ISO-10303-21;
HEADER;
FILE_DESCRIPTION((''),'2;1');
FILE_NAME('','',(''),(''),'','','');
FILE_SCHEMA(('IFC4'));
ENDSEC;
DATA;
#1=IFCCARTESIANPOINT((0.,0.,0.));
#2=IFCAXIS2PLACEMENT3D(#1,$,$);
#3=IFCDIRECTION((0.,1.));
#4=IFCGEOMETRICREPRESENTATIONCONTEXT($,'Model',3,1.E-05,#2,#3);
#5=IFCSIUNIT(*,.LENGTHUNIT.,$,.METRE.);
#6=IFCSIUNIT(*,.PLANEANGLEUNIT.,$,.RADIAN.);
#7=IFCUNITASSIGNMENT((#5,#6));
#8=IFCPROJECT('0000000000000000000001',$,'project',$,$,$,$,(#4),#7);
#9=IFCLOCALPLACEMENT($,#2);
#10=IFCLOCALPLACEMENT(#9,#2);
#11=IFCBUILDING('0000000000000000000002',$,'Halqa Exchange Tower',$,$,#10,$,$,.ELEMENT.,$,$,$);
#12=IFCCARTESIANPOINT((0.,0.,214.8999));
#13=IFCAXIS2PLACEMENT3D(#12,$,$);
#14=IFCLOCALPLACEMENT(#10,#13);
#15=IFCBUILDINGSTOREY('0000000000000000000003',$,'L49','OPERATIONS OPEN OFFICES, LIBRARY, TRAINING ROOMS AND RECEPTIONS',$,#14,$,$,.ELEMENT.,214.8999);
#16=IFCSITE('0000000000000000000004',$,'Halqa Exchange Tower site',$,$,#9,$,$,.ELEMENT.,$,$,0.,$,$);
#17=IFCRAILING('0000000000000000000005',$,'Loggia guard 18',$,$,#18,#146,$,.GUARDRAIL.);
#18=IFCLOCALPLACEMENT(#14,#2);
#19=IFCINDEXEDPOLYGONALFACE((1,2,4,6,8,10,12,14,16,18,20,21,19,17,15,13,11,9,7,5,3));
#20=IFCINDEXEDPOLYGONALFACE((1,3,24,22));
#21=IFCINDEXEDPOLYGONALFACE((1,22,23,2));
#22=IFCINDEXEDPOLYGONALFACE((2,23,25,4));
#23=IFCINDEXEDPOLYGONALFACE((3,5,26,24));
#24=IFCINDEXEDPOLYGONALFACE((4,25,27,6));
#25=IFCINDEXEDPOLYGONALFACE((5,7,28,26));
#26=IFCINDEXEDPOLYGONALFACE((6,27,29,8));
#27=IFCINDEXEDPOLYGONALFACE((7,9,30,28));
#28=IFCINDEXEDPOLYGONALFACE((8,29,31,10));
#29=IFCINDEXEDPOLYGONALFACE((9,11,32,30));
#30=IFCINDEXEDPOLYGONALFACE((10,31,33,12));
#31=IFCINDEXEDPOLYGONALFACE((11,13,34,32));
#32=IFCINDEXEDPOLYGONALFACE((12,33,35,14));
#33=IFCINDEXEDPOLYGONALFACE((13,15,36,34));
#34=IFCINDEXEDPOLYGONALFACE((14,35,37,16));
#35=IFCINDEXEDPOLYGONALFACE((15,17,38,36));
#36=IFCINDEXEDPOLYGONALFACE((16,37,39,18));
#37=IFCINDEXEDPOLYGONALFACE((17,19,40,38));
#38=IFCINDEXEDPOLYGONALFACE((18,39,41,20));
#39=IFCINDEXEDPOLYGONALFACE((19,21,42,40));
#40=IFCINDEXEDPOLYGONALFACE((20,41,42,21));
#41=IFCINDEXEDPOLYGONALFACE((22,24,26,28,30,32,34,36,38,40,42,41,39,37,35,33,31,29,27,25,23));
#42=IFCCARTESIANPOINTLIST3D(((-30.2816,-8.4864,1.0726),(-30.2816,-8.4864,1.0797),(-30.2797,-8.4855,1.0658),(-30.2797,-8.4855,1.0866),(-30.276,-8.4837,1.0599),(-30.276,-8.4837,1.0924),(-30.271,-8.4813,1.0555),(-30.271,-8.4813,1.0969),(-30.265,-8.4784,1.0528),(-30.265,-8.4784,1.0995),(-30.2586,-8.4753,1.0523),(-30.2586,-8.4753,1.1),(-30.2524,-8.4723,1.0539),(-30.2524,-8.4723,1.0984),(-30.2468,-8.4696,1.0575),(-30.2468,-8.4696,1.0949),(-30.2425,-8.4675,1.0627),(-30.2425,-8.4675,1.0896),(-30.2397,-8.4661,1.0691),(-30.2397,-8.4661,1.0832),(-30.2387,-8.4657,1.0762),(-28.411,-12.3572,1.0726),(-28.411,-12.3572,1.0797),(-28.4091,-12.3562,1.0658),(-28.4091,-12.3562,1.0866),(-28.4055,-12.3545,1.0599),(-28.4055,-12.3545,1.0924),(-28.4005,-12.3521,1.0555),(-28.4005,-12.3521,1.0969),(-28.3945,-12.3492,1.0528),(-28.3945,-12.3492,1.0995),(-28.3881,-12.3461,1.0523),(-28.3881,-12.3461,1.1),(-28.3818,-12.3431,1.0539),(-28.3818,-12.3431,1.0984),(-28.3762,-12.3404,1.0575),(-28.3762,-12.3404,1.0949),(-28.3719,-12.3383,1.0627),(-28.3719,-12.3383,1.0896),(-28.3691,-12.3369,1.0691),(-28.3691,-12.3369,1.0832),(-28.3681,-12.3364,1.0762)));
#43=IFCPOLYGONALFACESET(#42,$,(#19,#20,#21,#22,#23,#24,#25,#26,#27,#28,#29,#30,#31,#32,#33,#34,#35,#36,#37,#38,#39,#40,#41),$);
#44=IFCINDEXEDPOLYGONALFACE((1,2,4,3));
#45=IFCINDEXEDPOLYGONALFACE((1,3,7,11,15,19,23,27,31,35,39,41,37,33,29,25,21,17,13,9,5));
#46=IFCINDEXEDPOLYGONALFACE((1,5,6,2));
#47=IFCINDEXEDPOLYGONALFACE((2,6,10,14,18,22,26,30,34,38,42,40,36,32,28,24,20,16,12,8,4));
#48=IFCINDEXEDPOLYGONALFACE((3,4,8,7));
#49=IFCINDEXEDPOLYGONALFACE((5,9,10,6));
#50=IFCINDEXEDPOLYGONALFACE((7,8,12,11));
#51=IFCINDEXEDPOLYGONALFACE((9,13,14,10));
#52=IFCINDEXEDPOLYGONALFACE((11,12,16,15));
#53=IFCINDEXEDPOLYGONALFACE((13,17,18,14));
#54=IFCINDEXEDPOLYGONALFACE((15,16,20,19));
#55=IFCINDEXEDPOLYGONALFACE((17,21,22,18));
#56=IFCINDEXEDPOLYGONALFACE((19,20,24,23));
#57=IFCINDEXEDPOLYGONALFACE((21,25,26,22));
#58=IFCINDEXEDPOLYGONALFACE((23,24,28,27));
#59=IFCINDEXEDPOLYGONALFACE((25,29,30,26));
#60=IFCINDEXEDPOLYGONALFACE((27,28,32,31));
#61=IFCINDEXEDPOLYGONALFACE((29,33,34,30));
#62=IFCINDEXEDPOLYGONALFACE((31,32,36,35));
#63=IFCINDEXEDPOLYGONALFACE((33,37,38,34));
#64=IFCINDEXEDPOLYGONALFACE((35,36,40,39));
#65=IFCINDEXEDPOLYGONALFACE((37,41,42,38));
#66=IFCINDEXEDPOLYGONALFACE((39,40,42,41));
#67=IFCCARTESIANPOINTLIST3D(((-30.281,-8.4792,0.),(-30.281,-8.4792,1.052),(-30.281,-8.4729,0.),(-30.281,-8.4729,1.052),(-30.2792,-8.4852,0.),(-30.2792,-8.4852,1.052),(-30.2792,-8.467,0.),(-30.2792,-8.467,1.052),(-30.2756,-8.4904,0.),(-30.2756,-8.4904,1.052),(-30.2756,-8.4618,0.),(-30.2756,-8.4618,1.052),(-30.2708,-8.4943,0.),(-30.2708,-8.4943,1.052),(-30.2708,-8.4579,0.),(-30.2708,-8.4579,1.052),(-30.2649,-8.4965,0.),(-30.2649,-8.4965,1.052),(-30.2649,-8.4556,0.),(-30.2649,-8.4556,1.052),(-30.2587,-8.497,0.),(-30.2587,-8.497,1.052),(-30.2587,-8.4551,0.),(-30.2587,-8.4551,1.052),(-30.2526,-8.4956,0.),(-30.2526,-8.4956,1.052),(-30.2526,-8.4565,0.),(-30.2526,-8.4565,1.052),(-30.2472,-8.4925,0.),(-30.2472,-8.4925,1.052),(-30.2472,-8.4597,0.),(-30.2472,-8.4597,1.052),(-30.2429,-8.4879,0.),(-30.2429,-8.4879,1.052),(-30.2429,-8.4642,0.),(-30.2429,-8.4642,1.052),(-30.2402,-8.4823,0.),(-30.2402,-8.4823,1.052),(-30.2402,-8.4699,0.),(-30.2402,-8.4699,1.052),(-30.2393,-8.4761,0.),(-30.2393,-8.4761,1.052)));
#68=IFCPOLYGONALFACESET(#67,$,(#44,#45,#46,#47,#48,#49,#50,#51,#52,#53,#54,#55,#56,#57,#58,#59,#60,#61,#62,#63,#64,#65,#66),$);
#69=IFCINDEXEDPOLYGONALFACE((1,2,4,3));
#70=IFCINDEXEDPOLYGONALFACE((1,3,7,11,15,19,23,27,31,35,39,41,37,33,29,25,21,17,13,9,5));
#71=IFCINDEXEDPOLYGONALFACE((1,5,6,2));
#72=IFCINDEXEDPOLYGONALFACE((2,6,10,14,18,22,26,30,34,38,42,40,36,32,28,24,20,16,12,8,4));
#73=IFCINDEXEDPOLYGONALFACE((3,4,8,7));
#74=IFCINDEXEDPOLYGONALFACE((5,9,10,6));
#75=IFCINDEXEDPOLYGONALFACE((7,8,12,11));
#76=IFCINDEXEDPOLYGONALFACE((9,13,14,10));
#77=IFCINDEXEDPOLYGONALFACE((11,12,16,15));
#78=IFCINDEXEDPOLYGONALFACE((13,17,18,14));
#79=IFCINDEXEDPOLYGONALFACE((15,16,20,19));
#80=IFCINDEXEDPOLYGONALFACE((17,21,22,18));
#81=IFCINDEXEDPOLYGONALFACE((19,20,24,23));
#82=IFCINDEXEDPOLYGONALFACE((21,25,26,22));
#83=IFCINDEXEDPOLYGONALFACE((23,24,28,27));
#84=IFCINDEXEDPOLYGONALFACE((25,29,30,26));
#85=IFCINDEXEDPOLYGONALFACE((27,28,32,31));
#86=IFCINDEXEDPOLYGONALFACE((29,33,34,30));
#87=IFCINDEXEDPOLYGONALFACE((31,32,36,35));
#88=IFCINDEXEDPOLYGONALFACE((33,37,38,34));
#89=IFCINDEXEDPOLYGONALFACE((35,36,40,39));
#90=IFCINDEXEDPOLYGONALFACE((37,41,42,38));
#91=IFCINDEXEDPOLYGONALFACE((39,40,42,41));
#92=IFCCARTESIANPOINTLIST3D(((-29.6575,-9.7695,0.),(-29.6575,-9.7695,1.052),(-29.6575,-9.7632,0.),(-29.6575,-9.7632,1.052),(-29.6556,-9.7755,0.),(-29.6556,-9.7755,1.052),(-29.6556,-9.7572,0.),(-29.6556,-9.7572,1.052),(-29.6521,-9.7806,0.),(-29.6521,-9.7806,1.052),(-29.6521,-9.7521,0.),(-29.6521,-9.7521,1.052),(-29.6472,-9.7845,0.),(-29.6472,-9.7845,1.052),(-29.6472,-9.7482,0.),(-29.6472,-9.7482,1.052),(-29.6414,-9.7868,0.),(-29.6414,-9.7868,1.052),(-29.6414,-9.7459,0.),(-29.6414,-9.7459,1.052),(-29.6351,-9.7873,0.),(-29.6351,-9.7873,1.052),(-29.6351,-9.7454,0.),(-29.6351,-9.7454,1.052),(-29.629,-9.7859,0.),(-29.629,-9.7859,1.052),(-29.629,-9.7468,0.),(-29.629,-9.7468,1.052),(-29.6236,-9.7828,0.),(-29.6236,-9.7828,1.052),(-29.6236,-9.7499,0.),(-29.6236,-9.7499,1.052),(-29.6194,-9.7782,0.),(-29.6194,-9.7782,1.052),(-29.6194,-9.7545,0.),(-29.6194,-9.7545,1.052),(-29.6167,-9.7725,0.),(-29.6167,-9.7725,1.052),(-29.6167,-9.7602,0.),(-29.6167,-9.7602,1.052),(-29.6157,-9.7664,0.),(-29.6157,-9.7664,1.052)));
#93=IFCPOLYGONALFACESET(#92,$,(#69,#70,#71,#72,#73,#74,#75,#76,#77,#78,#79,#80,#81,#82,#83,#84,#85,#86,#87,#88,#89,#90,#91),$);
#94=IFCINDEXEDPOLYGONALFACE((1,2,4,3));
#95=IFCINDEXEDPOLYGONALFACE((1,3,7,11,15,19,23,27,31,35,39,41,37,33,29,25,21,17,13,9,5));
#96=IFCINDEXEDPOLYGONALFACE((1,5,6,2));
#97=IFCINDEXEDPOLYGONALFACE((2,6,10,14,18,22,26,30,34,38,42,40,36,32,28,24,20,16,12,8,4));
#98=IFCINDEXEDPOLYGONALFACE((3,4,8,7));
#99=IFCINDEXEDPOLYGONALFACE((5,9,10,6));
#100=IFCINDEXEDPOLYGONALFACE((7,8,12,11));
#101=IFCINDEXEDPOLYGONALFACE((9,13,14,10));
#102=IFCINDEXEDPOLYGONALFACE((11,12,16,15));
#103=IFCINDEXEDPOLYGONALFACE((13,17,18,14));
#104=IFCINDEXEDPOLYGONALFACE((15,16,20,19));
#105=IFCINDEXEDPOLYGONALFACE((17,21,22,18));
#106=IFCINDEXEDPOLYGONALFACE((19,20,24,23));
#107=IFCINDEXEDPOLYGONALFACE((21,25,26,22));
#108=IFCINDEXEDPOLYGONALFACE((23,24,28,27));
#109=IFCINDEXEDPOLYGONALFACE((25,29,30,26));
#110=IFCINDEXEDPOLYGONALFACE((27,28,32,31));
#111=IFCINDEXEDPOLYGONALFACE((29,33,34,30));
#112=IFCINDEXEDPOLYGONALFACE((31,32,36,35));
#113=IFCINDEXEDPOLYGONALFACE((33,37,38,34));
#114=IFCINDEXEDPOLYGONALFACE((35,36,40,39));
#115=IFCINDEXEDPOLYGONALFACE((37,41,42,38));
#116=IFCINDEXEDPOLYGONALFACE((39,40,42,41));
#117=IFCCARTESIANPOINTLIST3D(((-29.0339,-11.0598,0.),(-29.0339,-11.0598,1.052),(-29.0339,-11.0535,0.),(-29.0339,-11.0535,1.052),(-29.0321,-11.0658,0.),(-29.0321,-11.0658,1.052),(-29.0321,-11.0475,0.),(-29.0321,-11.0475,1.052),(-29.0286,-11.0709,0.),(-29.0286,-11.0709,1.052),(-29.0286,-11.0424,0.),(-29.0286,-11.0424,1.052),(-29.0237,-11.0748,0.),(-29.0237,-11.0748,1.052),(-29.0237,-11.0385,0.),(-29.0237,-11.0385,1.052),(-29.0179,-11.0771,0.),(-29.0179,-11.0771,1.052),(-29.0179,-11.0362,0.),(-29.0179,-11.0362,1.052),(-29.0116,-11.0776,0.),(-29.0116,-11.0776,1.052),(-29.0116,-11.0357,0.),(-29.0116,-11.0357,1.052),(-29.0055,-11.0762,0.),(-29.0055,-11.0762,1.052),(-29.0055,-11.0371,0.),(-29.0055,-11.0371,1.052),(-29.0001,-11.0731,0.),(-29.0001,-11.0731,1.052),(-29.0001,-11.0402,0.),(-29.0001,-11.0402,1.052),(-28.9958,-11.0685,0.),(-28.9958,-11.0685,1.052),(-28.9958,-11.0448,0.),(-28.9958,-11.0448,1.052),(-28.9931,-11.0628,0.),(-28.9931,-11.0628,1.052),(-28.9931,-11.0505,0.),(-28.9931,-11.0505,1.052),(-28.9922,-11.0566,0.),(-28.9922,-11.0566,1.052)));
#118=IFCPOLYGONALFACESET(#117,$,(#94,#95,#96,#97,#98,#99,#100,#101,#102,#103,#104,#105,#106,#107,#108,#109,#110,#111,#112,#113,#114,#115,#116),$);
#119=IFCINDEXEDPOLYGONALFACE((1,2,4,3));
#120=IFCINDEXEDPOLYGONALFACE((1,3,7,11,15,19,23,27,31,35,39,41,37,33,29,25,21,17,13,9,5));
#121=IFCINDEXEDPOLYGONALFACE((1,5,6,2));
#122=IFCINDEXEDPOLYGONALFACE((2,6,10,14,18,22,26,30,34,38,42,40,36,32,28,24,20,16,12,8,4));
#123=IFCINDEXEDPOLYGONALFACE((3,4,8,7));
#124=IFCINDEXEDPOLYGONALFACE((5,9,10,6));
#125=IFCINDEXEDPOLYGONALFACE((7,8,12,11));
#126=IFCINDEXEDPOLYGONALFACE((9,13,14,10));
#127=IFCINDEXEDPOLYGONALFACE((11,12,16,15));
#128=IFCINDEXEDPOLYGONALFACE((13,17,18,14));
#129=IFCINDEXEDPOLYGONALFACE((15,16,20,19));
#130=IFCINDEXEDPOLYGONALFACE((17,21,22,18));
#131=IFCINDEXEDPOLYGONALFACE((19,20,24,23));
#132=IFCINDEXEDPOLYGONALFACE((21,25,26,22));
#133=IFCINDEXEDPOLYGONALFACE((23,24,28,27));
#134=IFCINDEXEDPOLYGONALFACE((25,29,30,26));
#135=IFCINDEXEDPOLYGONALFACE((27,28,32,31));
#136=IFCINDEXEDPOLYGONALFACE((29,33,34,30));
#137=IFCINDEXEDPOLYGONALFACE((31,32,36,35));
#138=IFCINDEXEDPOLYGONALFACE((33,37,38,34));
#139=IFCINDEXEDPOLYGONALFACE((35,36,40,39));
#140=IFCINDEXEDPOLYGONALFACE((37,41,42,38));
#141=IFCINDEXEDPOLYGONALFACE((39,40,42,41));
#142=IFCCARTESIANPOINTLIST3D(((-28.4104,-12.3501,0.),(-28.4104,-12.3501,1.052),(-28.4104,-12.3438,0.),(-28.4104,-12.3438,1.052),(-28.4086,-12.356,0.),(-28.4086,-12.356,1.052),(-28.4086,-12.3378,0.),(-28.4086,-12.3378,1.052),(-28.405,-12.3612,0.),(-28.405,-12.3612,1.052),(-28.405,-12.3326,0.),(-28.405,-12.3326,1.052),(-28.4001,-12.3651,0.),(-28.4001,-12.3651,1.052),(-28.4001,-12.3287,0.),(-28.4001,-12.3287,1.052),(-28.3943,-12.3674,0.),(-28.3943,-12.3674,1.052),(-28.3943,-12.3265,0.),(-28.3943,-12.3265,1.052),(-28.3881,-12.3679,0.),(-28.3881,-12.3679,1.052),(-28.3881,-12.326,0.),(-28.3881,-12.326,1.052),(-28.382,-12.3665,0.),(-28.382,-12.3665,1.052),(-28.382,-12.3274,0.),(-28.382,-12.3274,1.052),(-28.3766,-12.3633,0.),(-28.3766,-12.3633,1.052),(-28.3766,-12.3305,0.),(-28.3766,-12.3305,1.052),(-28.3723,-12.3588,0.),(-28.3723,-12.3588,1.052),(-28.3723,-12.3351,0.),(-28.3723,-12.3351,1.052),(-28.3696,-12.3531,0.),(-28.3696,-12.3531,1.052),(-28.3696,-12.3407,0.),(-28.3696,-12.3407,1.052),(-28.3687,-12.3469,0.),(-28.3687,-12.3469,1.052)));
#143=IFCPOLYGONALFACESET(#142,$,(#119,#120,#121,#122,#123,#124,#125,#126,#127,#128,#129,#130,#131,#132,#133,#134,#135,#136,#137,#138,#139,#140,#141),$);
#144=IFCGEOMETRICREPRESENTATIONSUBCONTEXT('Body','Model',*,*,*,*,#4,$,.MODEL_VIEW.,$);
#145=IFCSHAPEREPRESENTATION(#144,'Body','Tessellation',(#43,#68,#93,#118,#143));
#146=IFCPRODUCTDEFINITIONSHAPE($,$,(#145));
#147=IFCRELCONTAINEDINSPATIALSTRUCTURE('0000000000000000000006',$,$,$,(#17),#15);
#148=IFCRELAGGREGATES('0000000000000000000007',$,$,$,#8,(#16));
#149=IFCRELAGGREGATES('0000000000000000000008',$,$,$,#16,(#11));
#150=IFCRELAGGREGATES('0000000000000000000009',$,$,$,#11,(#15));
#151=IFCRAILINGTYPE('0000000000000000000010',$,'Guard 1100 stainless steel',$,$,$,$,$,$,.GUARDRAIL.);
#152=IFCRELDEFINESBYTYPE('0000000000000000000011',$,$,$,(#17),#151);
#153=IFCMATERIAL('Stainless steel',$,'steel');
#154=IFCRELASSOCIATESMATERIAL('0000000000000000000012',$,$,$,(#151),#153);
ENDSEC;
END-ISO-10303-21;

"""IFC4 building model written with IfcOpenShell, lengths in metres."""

from ifc_helpers import new_model, si_unit, direction, frame, origin, origin_2d, place, context, subcontext, project, spatial, circle, extrude, material, type_object, element, save


model = new_model("IFC4")

# Units and contexts
model_context = context("Model", 3, precision=1e-05, world=origin(), true_north=direction((0.0, 1.0)))
body_context = subcontext(model_context, "Body", "Model", "MODEL_VIEW")
ifc_project = project(units=[si_unit("LENGTHUNIT", "METRE"), si_unit("PLANEANGLEUNIT", "RADIAN")], contexts=[model_context])

# Site, building, storey
site_placement = place(None, origin())
site = spatial("IfcSite", under=ifc_project, at=site_placement, Name="Halqa Exchange Tower site", CompositionType="ELEMENT", RefElevation=0.0)
building_placement = place(site_placement, origin())
building = spatial("IfcBuilding", under=site, at=building_placement, Name="Halqa Exchange Tower", CompositionType="ELEMENT")
storey_placement = place(building_placement, frame((0.0, 0.0, 214.8999)))
storey = spatial("IfcBuildingStorey", under=building, at=storey_placement, Name="L49", Description="OPERATIONS OPEN OFFICES, LIBRARY, TRAINING ROOMS AND RECEPTIONS", CompositionType="ELEMENT", Elevation=214.8999)

# Railing
ifc_material_1 = material(Name="Stainless steel", Category="steel")
railing_type = type_object("IfcRailingType", Name="Guard 1100 stainless steel", PredefinedType="GUARDRAIL", material=ifc_material_1)
railing_1_placement = place(storey_placement, frame((-30.2603, -8.4761, 0.0)))
element("IfcRailing", 1, at=railing_1_placement, inside=storey, type_object=railing_type, Name="Loggia guard 18", PredefinedType="GUARDRAIL", context=body_context, shape_type="SweptSolid", body=[
    extrude(circle(Radius=0.0239, at=origin_2d()), frame((0.0, 0.0, 1.0762), z_axis=(0.435111, -0.900377, 0.0), x_axis=(0.900377, 0.435111, 0.0)), (0.0, 0.0, 1.0), 4.2991),
    extrude(circle(Radius=0.021, at=origin_2d()), origin(), (0.0, 0.0, 1.0), 1.052),
    extrude(circle(Radius=0.021, at=origin_2d()), frame((0.6235, -1.2903, 0.0)), (0.0, 0.0, 1.0), 1.052),
    extrude(circle(Radius=0.021, at=origin_2d()), frame((1.2471, -2.5806, 0.0)), (0.0, 0.0, 1.0), 1.052),
    extrude(circle(Radius=0.021, at=origin_2d()), frame((1.8706, -3.8708, 0.0)), (0.0, 0.0, 1.0), 1.052),
])

save(model, "model.ifc")
